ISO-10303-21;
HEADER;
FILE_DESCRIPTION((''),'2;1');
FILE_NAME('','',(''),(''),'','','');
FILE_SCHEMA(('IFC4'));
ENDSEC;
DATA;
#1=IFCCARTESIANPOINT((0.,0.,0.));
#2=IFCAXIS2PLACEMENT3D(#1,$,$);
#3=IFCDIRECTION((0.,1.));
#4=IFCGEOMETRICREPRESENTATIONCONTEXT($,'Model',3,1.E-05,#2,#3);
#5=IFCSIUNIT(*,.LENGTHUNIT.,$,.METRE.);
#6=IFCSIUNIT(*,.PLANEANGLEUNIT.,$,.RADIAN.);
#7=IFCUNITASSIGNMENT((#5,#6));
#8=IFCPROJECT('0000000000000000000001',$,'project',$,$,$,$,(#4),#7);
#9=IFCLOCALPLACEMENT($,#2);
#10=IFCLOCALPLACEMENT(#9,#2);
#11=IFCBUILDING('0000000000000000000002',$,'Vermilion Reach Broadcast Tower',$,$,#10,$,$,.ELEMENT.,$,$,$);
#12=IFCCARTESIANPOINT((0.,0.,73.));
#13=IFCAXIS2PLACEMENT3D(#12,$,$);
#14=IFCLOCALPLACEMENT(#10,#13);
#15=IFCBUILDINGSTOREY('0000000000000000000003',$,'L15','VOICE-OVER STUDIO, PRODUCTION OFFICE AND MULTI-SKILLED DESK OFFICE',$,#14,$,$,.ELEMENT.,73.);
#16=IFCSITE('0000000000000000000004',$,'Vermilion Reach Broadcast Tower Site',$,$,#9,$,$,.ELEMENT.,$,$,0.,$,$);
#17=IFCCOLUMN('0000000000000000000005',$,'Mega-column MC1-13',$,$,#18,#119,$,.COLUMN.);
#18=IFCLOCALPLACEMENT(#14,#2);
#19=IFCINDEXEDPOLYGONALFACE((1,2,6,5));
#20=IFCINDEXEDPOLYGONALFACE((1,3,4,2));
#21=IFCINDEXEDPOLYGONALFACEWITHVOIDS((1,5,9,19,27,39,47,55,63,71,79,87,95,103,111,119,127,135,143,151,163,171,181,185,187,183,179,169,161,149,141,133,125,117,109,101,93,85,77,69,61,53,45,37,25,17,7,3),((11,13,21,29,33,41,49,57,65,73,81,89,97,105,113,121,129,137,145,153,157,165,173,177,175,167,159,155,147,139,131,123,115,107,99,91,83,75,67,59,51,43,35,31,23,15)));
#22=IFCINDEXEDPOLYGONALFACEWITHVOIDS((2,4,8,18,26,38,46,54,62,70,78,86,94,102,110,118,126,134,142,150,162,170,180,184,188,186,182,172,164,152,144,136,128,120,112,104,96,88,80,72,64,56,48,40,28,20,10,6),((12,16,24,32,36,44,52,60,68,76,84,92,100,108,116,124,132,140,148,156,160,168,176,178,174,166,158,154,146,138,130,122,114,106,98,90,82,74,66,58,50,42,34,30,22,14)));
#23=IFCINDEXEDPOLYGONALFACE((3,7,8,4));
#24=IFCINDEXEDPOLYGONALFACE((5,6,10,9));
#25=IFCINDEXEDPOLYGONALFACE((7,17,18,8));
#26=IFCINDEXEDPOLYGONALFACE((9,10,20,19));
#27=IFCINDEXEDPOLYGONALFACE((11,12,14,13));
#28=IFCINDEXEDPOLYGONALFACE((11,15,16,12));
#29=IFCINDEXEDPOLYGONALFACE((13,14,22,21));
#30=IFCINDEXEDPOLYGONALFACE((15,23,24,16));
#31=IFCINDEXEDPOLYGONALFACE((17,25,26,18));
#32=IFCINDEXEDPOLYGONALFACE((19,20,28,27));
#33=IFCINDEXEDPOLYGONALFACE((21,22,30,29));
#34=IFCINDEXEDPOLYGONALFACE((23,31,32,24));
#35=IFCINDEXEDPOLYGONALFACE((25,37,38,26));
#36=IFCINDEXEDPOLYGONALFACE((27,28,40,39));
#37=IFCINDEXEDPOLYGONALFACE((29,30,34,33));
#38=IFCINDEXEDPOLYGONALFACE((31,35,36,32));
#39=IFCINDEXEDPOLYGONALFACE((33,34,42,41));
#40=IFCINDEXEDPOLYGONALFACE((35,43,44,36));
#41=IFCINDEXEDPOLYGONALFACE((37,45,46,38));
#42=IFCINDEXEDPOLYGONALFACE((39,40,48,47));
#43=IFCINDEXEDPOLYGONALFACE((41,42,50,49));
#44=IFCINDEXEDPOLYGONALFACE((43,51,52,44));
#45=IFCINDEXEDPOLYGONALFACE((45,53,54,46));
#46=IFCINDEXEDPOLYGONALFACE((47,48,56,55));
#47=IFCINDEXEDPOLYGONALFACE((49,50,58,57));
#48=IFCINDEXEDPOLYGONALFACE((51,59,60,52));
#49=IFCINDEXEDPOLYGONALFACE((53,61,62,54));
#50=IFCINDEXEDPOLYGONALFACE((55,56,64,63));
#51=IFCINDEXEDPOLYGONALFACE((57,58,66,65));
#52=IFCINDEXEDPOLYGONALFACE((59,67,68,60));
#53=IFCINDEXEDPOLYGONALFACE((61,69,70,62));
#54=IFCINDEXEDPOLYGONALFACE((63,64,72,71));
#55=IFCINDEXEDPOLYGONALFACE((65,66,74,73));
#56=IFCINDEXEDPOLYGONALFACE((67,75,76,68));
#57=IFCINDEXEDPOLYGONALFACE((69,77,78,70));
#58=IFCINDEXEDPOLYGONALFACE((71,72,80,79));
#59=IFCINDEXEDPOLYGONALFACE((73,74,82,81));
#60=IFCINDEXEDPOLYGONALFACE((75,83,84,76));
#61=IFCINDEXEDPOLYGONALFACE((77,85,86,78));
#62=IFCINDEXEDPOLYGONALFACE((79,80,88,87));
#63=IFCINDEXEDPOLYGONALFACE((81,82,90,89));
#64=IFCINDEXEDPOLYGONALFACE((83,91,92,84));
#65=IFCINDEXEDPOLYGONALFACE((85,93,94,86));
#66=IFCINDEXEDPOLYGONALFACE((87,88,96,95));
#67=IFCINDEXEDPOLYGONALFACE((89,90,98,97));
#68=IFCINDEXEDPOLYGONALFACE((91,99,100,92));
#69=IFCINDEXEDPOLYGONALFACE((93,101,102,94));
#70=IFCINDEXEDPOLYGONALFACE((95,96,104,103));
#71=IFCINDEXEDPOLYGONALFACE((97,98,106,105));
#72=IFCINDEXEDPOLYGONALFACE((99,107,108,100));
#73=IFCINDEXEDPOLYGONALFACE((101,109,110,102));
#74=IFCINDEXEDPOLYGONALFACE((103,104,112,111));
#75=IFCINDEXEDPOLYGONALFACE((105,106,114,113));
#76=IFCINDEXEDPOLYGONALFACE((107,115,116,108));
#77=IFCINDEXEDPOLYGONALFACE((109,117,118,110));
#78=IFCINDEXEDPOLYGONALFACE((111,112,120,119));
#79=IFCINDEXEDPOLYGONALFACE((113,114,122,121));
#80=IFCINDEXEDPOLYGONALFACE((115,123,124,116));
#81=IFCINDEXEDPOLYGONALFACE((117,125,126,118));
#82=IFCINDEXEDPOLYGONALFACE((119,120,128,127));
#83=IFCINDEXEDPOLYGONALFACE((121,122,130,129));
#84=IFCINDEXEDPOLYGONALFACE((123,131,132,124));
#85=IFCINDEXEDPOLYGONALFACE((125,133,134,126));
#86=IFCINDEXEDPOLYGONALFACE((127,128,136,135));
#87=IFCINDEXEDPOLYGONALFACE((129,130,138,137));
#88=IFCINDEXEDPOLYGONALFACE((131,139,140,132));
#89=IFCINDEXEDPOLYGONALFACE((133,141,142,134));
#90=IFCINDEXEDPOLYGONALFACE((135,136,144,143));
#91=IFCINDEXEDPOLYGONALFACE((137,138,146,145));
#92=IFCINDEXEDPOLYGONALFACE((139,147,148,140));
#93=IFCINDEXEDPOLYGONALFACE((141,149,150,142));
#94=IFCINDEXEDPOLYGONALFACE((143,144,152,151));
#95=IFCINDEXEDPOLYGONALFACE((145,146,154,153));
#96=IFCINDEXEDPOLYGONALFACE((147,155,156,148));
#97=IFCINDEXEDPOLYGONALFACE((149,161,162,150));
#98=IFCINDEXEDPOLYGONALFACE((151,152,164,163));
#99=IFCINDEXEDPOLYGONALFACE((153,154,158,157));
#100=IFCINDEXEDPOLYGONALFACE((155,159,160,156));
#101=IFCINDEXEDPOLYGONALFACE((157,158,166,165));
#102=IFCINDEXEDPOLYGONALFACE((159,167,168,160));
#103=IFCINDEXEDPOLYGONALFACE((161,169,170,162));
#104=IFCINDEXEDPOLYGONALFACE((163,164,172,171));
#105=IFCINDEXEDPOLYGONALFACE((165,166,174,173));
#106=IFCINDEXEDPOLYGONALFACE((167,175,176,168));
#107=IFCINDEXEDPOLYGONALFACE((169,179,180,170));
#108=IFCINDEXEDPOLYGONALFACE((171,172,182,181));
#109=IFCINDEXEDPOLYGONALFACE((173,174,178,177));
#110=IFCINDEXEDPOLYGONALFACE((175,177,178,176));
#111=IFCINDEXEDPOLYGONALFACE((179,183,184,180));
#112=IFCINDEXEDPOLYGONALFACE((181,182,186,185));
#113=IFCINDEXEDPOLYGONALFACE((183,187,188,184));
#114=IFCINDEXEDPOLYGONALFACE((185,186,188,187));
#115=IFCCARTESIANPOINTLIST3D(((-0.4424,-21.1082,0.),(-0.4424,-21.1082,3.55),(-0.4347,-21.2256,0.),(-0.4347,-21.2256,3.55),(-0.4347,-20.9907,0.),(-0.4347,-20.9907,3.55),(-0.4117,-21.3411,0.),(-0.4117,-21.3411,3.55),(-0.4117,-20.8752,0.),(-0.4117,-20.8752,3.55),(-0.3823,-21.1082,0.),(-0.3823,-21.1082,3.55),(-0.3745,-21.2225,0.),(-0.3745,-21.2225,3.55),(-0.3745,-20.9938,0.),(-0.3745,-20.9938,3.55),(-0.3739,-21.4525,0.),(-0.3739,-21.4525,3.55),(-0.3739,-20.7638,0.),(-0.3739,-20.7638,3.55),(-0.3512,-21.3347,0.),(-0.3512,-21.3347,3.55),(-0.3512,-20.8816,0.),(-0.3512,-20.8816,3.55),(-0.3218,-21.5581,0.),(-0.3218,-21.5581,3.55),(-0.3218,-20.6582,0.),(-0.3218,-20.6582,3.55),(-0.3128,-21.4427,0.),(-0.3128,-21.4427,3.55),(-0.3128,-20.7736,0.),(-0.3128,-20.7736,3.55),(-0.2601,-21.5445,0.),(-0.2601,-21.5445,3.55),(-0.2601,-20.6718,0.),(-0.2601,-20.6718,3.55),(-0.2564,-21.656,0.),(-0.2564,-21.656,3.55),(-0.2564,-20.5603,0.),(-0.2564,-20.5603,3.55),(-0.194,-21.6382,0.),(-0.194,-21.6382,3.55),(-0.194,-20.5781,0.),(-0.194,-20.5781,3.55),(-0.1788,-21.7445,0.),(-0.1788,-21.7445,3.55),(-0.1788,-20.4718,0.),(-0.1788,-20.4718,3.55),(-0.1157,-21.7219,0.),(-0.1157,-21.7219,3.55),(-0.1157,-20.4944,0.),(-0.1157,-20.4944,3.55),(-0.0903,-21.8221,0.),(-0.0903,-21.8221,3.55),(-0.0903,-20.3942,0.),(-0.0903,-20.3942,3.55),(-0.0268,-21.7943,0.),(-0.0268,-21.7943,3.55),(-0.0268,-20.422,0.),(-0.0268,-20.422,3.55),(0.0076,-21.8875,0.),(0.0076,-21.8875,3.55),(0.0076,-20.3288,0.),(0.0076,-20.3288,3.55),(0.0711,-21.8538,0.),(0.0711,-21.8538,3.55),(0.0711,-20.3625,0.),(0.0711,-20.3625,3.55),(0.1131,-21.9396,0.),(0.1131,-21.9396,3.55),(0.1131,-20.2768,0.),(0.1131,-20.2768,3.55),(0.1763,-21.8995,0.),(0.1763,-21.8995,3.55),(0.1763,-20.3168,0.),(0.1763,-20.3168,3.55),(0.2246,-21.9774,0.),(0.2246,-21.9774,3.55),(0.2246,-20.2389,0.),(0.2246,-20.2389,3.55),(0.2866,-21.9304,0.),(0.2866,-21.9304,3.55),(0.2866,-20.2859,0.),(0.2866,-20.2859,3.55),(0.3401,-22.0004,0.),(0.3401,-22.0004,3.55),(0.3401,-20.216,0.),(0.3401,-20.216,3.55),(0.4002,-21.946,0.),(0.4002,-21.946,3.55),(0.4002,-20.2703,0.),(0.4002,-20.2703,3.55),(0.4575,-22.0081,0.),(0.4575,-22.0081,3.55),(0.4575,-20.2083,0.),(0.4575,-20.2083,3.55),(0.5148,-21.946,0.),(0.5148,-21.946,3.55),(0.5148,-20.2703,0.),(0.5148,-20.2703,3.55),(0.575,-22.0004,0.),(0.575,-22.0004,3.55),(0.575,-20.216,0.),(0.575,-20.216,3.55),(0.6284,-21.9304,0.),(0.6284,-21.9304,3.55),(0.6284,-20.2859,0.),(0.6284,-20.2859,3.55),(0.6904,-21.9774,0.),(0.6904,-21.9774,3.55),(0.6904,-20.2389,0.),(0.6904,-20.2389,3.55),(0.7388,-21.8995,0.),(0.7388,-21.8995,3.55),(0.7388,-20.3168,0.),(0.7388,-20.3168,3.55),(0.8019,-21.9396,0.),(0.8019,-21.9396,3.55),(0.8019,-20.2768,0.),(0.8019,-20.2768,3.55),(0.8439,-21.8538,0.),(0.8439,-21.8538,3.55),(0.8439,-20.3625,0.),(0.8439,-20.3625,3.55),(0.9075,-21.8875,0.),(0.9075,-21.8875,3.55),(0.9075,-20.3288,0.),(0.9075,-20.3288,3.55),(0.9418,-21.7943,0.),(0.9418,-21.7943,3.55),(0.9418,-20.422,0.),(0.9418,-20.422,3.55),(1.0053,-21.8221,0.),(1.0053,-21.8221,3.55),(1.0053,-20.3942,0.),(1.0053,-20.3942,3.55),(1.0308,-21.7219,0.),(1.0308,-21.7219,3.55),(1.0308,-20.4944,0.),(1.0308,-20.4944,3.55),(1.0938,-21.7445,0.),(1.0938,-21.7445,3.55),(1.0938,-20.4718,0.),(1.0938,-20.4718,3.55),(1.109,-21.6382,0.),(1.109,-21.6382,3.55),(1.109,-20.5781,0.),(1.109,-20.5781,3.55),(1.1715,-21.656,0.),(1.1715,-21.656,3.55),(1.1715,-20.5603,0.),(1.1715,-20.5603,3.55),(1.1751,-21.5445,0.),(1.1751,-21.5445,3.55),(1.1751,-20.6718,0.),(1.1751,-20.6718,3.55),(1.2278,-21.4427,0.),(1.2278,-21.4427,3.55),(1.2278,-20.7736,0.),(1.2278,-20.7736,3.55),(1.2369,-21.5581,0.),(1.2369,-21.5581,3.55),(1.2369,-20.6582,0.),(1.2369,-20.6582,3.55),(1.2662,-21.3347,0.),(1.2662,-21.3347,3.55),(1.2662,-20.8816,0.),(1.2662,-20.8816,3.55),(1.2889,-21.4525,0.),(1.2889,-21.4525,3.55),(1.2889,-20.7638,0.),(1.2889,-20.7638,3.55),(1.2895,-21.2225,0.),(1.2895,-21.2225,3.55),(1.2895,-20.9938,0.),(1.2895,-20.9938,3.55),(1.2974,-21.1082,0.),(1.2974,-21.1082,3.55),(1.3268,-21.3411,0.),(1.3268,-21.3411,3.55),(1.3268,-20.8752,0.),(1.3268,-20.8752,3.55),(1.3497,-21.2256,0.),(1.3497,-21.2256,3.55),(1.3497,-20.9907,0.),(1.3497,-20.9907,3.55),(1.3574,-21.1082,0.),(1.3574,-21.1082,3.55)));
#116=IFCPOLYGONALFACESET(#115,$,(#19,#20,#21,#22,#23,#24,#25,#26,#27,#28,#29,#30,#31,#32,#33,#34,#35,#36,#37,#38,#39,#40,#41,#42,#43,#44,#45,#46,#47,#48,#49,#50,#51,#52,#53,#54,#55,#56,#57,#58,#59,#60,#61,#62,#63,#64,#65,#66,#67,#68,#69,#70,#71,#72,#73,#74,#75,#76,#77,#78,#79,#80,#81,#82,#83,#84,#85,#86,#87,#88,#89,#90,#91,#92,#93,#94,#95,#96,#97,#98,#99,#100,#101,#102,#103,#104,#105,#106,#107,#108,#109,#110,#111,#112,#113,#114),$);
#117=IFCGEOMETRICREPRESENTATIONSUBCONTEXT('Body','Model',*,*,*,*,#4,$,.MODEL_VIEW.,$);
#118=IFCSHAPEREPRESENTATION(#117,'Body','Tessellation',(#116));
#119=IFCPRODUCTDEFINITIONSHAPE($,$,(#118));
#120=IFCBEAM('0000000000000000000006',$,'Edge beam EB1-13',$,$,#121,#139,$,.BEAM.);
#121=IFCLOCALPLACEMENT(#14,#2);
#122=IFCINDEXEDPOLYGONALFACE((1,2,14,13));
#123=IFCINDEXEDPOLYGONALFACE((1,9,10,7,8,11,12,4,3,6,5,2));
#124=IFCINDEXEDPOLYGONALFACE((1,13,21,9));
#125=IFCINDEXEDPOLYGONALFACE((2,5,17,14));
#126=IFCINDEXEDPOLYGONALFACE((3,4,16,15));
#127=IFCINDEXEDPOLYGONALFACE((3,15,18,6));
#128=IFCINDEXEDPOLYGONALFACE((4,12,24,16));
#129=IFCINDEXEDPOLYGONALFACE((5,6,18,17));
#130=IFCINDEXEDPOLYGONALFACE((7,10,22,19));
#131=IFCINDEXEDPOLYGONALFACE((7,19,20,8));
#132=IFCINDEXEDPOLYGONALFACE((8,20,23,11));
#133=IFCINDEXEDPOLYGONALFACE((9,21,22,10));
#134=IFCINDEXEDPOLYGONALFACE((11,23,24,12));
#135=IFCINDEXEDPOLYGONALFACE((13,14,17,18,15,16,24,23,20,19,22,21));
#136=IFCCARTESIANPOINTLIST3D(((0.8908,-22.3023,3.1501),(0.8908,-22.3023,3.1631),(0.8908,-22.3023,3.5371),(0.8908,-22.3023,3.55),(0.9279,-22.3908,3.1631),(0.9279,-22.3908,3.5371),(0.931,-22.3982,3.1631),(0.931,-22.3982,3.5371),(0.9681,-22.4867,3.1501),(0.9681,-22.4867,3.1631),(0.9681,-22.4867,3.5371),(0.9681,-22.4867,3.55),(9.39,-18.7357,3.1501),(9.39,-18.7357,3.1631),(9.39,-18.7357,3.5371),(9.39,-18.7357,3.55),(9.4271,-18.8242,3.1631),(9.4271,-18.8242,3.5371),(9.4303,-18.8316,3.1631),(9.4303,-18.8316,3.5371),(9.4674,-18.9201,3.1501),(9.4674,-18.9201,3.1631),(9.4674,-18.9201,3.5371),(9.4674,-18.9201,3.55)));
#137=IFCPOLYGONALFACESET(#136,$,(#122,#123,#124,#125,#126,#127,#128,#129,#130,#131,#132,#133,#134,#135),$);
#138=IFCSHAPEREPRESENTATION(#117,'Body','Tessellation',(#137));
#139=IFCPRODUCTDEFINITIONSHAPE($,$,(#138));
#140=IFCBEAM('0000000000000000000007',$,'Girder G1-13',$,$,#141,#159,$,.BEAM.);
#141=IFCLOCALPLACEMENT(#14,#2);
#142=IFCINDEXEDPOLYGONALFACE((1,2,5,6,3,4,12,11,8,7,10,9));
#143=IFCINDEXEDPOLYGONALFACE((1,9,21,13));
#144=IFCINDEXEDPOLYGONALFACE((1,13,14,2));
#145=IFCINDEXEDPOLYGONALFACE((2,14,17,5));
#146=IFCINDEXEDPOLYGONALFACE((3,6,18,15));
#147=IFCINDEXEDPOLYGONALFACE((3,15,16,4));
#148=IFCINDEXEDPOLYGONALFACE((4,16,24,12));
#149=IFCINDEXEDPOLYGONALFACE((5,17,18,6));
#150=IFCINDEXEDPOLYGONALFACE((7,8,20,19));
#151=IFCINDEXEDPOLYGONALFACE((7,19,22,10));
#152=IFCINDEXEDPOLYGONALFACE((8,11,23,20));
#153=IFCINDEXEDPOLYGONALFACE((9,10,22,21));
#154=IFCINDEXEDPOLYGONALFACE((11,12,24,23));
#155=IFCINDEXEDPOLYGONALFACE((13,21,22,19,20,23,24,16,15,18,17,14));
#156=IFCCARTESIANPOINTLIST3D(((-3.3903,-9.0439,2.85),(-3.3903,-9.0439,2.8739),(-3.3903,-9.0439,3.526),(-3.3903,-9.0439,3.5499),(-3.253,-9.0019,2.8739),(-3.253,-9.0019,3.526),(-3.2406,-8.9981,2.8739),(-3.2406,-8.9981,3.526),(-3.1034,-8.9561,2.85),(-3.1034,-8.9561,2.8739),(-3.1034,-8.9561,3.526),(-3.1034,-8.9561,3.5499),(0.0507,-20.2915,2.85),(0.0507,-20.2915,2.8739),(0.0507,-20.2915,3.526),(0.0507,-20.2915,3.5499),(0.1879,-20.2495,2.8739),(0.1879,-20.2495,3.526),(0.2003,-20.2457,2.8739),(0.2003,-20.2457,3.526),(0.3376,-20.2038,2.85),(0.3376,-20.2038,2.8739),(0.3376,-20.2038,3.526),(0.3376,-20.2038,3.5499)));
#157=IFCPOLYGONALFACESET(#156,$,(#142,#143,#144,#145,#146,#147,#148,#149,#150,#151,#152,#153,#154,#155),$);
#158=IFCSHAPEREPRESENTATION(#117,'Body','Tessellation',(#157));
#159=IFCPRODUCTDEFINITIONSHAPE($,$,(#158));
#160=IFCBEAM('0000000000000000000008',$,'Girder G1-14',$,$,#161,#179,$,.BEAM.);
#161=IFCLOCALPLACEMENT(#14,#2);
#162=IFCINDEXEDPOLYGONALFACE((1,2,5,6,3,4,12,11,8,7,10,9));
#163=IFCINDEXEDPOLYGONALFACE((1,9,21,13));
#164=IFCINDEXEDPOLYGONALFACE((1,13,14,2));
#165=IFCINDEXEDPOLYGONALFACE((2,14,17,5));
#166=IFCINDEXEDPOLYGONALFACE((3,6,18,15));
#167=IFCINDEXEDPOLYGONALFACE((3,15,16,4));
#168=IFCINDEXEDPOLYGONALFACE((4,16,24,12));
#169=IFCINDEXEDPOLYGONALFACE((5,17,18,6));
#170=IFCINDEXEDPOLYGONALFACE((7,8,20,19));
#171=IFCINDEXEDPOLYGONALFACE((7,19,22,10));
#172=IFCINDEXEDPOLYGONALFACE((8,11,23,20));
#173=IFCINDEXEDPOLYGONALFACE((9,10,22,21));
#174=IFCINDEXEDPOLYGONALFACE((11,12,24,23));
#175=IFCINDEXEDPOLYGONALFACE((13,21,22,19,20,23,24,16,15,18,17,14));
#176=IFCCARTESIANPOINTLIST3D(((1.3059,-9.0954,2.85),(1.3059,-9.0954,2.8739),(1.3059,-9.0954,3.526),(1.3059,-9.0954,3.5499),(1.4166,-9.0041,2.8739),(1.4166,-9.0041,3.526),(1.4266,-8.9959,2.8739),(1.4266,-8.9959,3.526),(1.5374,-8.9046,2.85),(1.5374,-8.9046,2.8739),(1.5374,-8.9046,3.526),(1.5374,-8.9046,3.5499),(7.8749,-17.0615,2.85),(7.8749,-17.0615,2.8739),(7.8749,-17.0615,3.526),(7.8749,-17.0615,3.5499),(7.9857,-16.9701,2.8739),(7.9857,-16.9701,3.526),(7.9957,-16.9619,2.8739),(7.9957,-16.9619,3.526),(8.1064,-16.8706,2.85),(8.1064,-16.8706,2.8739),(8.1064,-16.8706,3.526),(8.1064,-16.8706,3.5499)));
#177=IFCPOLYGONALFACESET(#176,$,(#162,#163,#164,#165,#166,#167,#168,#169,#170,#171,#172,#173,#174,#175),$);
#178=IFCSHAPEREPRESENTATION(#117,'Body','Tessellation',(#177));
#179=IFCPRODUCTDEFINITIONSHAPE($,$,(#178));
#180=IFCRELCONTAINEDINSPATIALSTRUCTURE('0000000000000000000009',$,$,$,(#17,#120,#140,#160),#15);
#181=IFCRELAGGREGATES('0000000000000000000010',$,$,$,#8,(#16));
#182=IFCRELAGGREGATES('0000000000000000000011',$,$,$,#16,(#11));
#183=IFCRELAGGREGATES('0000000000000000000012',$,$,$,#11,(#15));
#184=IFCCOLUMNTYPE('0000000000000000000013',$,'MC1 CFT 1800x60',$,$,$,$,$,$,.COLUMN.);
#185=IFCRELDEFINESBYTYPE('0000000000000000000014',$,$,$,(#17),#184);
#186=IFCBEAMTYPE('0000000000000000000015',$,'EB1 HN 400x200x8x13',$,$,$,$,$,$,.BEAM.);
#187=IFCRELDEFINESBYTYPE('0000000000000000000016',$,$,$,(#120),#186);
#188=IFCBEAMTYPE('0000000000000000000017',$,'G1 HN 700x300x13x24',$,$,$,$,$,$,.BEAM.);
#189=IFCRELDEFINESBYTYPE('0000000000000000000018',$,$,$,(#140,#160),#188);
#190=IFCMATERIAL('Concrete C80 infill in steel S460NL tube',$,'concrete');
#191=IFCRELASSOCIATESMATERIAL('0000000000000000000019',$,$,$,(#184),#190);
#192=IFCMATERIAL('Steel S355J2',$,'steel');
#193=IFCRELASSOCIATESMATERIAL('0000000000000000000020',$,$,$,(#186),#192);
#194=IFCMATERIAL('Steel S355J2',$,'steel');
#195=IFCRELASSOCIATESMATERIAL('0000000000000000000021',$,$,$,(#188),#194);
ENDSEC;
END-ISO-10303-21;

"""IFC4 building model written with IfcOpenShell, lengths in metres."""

from ifc_helpers import new_model, si_unit, direction, frame, origin, origin_2d, place, context, subcontext, project, spatial, hollow_circle, i_section, extrude, material, material_profile, profile_set, type_object, element, save


model = new_model("IFC4")

# Units and contexts
model_context = context("Model", 3, precision=1e-05, world=origin(), true_north=direction((0.0, 1.0)))
body_context = subcontext(model_context, "Body", "Model", "MODEL_VIEW")
ifc_project = project(units=[si_unit("LENGTHUNIT", "METRE"), si_unit("PLANEANGLEUNIT", "RADIAN")], contexts=[model_context])

# Site, building, storey
site_placement = place(None, origin())
site = spatial("IfcSite", under=ifc_project, at=site_placement, Name="Vermilion Reach Broadcast Tower Site", CompositionType="ELEMENT", RefElevation=0.0)
building_placement = place(site_placement, origin())
building = spatial("IfcBuilding", under=site, at=building_placement, Name="Vermilion Reach Broadcast Tower", CompositionType="ELEMENT")
storey_placement = place(building_placement, frame((0.0, 0.0, 73.0)))
storey = spatial("IfcBuildingStorey", under=building, at=storey_placement, Name="L15", Description="VOICE-OVER STUDIO, PRODUCTION OFFICE AND MULTI-SKILLED DESK OFFICE", CompositionType="ELEMENT", Elevation=73.0)

# Column
ifc_material_1 = material(Name="Concrete C80 infill in steel S460NL tube", Category="concrete")
ifc_material_profile_1 = material_profile(ifc_material_1, hollow_circle(Radius=0.8999, WallThickness=0.0601, at=origin_2d()), Name="Concrete C80 infill in steel S460NL tube CFT 1800x60")
ifc_profile_set_1 = profile_set([ifc_material_profile_1], Name="Concrete C80 infill in steel S460NL tube")
column_type = type_object("IfcColumnType", Name="MC1 CFT 1800x60", PredefinedType="COLUMN", material=ifc_profile_set_1)
column_placement = place(storey_placement, frame((0.4575, -21.1082, 0.0), z_axis=(0.0, 0.0, 1.0), x_axis=(1.0, 0.0, 0.0)))
element("IfcColumn", 1, at=column_placement, inside=storey, type_object=column_type, Name="Mega-column MC1-13", PredefinedType="COLUMN", context=body_context, shape_type="SweptSolid", body=[
    extrude(hollow_circle(Radius=0.8999, WallThickness=0.0601, at=origin_2d()), origin(), (0.0, 0.0, 1.0), 3.55),
])

# Beams
ifc_material_2 = material(Name="Steel S355J2", Category="steel")
ifc_material_profile_2 = material_profile(ifc_material_2, i_section(OverallWidth=0.2, OverallDepth=0.3999, WebThickness=0.0081, FlangeThickness=0.0129, at=origin_2d()), Name="S355J2 HN 400x200x8x13")
ifc_profile_set_2 = profile_set([ifc_material_profile_2], Name="Steel S355J2")
beam_type_1 = type_object("IfcBeamType", Name="EB1 HN 400x200x8x13", PredefinedType="BEAM", material=ifc_profile_set_2)
beam_1_placement = place(storey_placement, frame((0.9294, -22.3945, 3.3501), z_axis=(0.9221, 0.386952, 0.0), x_axis=(-0.386952, 0.9221, 0.0)))
element("IfcBeam", 2, at=beam_1_placement, inside=storey, type_object=beam_type_1, Name="Edge beam EB1-13", PredefinedType="BEAM", context=body_context, shape_type="SweptSolid", body=[
    extrude(i_section(OverallWidth=0.2, OverallDepth=0.3999, WebThickness=0.0081, FlangeThickness=0.0129, at=origin_2d()), origin(), (0.0, 0.0, 1.0), 9.2173),
])
ifc_material_3 = material(Name="Steel S355J2", Category="steel")
ifc_material_profile_3 = material_profile(ifc_material_3, i_section(OverallWidth=0.3, OverallDepth=0.7, WebThickness=0.0129, FlangeThickness=0.0239, at=origin_2d()), Name="S355J2 HN 700x300x13x24")
ifc_profile_set_3 = profile_set([ifc_material_profile_3], Name="Steel S355J2")
beam_type_2 = type_object("IfcBeamType", Name="G1 HN 700x300x13x24", PredefinedType="BEAM", material=ifc_profile_set_3)
beam_2_placement = place(storey_placement, frame((-3.2468, -9.0, 3.2), z_axis=(0.292542, -0.956253, 0.0), x_axis=(0.956253, 0.292542, 0.0)))
element("IfcBeam", 3, at=beam_2_placement, inside=storey, type_object=beam_type_2, Name="Girder G1-13", PredefinedType="BEAM", context=body_context, shape_type="SweptSolid", body=[
    extrude(i_section(OverallWidth=0.3, OverallDepth=0.7, WebThickness=0.0129, FlangeThickness=0.0239, at=origin_2d()), origin(), (0.0, 0.0, 1.0), 11.7622),
])
beam_3_placement = place(storey_placement, frame((1.4216, -9.0, 3.2), z_axis=(0.636215, -0.771512, 0.0), x_axis=(0.771512, 0.636215, 0.0)))
element("IfcBeam", 4, at=beam_3_placement, inside=storey, type_object=beam_type_2, Name="Girder G1-14", PredefinedType="BEAM", context=body_context, shape_type="SweptSolid", body=[
    extrude(i_section(OverallWidth=0.3, OverallDepth=0.7, WebThickness=0.0129, FlangeThickness=0.0239, at=origin_2d()), origin(), (0.0, 0.0, 1.0), 10.3252),
])

save(model, "model.ifc")
